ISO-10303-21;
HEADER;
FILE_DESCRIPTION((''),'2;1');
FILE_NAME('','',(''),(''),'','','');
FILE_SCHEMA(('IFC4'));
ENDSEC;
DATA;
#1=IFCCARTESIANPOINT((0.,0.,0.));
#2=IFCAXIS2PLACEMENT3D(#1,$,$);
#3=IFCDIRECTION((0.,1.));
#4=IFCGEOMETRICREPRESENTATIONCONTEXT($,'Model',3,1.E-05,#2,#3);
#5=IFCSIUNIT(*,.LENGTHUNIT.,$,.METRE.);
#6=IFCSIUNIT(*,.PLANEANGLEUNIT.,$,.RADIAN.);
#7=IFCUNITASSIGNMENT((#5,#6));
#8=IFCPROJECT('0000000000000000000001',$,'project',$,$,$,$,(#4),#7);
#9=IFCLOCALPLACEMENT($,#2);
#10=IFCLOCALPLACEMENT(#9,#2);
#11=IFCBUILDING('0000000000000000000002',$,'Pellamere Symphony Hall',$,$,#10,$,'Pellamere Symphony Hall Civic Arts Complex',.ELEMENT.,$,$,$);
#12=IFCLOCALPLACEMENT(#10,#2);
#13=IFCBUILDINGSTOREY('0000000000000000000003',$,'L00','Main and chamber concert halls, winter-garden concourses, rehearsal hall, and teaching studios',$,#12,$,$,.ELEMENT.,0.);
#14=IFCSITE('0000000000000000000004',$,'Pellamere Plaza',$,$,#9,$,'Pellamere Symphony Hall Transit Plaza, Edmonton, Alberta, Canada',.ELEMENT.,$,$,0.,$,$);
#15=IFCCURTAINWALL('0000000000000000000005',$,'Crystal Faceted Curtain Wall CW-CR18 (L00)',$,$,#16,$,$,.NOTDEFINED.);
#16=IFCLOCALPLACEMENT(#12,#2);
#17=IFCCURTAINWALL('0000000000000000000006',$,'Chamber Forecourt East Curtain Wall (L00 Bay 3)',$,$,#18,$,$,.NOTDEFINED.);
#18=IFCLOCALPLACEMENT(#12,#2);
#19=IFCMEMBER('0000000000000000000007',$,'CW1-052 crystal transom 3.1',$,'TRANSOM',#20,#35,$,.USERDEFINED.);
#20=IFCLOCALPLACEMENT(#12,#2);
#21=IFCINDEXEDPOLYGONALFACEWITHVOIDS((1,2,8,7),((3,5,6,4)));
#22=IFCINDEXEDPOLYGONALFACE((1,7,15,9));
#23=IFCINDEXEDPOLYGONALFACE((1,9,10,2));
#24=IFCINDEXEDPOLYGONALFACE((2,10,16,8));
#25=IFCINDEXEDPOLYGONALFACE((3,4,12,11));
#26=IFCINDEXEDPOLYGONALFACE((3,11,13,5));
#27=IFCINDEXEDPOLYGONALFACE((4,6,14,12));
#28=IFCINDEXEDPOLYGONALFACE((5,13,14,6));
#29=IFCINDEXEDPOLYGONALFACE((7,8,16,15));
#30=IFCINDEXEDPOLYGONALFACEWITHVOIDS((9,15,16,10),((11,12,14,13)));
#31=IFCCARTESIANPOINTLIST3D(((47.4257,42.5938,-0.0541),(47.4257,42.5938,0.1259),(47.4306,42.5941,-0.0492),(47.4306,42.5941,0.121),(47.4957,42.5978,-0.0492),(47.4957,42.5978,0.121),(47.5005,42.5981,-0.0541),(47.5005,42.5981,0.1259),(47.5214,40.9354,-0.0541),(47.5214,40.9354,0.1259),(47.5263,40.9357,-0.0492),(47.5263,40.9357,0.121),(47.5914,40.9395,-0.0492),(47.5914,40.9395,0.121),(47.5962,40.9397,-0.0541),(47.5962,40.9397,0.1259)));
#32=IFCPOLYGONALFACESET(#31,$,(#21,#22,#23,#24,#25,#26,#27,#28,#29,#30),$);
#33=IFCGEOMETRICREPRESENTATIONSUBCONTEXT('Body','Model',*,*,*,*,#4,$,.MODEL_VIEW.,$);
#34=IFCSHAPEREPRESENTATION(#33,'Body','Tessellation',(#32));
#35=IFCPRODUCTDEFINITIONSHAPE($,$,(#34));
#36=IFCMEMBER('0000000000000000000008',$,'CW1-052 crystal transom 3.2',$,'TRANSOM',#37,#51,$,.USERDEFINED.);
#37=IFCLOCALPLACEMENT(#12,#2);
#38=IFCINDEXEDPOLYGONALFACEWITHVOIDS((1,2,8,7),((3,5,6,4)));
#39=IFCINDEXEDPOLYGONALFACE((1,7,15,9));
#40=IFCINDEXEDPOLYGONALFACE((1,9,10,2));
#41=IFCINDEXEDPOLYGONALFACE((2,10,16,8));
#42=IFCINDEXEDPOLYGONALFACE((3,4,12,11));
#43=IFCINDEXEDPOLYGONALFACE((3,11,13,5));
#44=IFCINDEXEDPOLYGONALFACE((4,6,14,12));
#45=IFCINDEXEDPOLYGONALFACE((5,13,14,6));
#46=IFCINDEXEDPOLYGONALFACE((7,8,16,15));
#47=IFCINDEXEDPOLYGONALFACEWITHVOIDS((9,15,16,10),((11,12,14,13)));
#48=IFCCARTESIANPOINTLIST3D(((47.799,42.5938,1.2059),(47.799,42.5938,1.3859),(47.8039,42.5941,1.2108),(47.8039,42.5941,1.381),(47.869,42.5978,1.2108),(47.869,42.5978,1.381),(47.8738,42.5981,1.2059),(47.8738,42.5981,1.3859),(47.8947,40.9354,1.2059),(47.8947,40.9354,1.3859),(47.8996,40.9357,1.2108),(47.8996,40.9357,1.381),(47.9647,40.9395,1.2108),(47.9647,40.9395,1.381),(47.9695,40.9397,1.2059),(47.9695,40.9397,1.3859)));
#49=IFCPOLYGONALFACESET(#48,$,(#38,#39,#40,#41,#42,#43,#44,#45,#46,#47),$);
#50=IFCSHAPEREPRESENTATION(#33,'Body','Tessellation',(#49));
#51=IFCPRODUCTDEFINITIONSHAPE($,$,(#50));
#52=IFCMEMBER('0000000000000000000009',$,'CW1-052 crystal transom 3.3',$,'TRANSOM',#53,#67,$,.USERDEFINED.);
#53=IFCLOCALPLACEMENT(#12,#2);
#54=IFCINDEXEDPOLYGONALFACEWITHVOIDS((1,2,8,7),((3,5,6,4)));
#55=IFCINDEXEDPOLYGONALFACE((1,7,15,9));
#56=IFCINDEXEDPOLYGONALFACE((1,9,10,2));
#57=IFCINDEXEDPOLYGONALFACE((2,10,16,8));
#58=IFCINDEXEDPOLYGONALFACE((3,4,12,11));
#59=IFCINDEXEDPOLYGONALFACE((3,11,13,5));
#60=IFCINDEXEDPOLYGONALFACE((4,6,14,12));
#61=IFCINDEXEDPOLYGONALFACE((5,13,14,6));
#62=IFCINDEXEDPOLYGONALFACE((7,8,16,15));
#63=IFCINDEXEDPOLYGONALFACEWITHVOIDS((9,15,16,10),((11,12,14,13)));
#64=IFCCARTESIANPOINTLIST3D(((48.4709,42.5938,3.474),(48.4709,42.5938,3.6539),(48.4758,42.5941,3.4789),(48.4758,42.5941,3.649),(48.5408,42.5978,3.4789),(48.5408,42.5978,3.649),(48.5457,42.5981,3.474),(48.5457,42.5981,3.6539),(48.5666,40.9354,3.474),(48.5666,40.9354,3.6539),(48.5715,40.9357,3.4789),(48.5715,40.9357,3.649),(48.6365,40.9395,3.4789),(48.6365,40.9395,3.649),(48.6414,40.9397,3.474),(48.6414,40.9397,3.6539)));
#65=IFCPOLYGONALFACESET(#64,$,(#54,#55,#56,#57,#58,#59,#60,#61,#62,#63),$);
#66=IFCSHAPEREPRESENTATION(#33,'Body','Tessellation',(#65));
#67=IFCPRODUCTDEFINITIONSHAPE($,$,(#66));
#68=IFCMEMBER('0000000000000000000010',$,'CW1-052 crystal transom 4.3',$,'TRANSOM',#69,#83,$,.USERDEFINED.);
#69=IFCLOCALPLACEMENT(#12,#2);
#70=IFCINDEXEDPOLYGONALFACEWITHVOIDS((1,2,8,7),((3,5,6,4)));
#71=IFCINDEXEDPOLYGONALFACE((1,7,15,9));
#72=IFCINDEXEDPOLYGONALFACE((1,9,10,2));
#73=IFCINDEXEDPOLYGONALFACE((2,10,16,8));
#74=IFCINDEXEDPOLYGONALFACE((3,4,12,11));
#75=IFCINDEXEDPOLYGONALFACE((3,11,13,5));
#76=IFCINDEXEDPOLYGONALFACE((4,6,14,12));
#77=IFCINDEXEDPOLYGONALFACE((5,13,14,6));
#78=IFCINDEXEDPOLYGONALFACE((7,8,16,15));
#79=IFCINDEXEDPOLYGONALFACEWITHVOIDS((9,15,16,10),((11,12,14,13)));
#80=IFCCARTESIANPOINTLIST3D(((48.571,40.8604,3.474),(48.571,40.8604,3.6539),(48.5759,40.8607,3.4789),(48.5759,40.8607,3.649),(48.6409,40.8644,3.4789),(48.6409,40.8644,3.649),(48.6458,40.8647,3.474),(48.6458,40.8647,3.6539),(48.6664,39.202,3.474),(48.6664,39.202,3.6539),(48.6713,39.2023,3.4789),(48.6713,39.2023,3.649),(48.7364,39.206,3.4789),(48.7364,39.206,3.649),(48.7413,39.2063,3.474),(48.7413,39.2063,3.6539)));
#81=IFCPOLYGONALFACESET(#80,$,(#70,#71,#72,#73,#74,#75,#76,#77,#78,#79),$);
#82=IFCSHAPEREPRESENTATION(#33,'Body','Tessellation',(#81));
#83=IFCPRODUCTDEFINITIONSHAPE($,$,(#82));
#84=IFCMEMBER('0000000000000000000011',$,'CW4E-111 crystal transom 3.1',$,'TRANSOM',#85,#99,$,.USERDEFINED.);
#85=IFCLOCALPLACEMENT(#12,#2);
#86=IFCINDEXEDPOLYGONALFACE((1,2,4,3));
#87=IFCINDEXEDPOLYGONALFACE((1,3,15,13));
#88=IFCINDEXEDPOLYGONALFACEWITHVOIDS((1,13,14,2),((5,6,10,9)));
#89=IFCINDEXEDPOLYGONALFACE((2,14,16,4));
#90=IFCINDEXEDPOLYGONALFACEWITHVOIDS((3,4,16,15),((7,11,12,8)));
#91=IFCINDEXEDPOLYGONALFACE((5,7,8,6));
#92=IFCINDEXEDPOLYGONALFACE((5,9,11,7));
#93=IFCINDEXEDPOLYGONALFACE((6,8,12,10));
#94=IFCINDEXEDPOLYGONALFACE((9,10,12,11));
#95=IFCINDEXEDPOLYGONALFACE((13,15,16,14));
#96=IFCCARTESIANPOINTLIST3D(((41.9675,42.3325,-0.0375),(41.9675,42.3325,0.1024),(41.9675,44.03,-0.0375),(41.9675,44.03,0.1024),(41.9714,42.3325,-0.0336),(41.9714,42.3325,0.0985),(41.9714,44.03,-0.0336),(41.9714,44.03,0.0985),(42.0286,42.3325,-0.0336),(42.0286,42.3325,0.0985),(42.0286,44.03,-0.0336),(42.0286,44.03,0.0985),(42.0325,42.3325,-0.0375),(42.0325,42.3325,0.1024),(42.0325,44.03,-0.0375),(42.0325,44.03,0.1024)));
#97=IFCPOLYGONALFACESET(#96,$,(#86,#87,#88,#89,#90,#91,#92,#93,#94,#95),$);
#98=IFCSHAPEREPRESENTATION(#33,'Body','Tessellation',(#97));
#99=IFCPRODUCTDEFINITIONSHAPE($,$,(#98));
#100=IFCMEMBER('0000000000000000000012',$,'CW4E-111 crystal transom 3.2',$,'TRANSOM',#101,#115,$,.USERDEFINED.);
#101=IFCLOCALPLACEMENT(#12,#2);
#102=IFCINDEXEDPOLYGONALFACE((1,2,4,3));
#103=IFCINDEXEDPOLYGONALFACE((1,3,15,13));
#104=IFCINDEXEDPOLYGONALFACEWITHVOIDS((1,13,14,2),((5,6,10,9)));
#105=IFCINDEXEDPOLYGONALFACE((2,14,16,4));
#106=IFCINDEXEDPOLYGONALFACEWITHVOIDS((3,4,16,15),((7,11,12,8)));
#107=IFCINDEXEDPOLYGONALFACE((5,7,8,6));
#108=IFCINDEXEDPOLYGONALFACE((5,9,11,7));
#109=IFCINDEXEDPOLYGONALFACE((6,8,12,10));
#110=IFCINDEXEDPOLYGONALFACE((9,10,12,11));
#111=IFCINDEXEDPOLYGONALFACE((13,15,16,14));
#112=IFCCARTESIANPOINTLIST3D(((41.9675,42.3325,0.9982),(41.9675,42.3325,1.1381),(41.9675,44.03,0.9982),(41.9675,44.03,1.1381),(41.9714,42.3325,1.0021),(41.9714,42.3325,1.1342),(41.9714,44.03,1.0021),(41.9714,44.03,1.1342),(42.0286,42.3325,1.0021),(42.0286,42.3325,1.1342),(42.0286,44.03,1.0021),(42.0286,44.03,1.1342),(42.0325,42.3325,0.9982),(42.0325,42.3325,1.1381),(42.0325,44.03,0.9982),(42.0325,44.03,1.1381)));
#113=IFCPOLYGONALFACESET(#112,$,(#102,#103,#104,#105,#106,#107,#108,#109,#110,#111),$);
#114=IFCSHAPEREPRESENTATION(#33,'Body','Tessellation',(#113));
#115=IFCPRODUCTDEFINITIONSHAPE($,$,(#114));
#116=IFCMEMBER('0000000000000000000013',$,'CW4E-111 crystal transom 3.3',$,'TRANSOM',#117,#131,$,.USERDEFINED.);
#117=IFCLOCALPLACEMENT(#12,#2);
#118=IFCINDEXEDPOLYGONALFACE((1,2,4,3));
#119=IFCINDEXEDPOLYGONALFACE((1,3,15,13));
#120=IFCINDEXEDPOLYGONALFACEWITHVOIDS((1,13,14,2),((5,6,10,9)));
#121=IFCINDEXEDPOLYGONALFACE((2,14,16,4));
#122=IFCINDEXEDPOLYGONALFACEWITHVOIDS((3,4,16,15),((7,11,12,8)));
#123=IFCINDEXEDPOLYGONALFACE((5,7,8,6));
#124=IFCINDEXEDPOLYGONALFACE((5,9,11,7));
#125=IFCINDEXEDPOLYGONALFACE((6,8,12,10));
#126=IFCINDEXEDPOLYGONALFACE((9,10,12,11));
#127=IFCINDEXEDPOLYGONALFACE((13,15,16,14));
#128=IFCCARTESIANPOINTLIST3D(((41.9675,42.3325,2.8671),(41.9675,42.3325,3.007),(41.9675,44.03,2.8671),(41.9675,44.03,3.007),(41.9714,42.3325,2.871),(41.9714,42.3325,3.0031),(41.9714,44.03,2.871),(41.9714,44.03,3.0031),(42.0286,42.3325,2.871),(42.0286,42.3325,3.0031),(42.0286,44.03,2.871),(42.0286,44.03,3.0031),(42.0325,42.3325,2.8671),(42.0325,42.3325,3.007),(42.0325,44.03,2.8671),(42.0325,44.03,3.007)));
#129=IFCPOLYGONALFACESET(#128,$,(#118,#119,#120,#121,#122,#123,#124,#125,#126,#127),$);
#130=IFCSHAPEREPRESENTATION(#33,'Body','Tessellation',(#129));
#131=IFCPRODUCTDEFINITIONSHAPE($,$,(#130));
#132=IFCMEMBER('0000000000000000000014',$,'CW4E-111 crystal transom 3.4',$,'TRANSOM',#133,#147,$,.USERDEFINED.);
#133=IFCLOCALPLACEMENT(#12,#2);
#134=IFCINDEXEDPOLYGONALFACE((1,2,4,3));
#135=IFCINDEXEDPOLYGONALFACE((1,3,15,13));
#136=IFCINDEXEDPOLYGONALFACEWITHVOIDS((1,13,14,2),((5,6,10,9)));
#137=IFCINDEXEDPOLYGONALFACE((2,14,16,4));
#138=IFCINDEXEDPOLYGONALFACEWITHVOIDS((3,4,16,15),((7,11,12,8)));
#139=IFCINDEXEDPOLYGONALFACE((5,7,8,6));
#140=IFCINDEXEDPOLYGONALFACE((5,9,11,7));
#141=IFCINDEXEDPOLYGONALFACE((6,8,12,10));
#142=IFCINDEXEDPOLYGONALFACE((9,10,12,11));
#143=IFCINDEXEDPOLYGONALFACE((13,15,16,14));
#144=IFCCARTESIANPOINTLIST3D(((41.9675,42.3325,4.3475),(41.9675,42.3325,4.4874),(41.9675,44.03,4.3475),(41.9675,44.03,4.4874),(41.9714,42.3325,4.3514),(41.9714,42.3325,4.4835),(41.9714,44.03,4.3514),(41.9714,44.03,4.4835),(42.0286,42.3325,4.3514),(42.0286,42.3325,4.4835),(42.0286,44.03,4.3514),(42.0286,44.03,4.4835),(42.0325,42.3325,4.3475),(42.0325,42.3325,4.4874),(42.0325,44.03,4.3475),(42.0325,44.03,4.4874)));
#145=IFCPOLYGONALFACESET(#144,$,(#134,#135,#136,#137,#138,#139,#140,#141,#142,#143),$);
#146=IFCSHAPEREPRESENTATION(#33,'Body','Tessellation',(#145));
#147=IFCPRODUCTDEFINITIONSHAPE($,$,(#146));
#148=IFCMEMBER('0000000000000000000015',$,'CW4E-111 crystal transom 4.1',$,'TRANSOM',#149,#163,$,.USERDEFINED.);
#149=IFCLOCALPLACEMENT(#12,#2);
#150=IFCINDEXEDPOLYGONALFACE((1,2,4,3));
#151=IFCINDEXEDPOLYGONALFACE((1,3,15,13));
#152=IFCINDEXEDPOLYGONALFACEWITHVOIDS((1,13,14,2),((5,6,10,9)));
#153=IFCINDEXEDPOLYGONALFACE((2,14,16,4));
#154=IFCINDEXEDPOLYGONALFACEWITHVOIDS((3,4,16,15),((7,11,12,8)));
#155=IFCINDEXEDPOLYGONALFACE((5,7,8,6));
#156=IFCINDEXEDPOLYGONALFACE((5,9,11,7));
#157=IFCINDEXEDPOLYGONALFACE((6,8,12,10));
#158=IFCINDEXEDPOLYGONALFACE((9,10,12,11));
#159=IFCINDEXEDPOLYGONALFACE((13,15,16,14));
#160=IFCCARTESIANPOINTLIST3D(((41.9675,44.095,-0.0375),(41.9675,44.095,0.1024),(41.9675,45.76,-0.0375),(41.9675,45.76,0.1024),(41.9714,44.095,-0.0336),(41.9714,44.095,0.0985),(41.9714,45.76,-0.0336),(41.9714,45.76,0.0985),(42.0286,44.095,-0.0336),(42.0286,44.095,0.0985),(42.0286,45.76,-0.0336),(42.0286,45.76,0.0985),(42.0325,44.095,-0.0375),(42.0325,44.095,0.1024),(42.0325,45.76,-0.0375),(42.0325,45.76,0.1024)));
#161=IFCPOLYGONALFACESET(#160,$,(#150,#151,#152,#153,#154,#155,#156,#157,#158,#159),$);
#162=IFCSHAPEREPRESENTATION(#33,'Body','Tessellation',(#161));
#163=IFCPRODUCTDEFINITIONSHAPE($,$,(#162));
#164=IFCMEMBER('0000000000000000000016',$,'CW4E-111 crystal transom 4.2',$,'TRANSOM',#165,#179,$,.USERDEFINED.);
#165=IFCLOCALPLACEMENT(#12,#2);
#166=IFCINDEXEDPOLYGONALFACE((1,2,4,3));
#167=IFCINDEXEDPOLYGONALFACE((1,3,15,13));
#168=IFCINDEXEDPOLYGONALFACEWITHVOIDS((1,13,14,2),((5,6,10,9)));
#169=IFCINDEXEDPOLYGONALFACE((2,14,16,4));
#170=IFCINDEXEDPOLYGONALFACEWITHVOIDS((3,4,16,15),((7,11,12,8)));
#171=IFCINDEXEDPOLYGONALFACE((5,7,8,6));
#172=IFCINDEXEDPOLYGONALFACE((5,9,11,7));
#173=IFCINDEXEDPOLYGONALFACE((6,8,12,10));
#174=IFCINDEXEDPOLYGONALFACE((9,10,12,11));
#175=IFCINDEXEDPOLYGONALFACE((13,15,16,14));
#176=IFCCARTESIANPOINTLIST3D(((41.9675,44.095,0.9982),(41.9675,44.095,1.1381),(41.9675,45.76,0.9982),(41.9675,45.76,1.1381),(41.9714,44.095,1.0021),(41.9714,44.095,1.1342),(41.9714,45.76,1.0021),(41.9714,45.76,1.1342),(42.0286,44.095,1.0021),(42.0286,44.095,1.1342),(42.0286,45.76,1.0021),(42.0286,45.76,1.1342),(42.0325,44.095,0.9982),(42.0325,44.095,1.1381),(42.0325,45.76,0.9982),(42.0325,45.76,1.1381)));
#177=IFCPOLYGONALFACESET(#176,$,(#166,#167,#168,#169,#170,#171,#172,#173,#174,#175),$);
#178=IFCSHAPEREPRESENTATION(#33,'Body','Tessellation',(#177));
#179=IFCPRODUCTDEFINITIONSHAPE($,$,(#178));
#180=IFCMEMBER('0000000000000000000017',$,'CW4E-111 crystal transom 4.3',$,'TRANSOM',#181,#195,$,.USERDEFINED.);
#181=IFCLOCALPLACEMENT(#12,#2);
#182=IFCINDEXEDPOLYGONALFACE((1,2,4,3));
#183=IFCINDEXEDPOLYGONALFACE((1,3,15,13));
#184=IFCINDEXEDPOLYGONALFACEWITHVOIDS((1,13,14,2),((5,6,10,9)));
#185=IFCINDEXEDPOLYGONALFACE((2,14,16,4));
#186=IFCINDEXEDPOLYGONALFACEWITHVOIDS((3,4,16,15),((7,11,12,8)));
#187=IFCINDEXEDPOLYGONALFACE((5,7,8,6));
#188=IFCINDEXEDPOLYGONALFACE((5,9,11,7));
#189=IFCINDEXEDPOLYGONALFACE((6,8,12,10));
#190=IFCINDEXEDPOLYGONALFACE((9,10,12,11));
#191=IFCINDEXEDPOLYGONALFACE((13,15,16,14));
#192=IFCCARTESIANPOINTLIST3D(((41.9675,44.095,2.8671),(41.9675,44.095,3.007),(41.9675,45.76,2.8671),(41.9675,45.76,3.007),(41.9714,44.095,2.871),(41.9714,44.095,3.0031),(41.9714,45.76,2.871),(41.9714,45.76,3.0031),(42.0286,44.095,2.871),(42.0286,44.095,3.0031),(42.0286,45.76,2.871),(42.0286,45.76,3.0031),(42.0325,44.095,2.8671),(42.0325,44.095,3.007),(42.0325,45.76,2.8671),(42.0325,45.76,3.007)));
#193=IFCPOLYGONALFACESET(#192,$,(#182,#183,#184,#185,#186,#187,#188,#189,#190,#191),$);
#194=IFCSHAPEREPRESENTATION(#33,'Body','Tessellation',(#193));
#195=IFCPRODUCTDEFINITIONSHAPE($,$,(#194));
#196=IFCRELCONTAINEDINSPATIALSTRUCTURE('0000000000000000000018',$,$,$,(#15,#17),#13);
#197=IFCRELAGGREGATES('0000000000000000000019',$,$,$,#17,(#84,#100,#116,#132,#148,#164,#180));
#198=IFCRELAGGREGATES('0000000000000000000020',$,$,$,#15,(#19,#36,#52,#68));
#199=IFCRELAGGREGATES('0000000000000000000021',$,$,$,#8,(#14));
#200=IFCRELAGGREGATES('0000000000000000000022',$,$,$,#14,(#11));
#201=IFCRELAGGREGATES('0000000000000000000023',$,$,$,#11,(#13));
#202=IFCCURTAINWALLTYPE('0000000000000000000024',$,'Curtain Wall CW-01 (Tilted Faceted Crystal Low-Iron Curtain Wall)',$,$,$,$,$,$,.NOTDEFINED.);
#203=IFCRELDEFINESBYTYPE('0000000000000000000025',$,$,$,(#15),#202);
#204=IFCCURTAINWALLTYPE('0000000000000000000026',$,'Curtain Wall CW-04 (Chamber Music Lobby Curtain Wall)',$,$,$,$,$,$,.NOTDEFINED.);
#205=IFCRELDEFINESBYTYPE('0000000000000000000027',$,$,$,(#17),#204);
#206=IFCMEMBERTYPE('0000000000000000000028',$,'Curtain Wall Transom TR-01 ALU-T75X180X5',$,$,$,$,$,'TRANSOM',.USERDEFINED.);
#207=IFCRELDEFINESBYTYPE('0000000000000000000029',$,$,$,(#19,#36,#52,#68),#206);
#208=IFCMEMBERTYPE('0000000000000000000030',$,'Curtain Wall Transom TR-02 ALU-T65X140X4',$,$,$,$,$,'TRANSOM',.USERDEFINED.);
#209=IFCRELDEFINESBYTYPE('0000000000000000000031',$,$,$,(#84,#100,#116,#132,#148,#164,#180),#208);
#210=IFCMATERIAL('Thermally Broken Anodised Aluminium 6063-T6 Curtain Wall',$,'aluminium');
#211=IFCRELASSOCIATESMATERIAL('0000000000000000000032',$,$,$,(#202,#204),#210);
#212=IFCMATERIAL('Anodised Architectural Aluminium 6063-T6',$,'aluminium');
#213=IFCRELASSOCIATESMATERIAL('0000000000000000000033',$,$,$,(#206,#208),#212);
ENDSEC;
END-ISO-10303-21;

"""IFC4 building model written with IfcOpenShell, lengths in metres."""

from ifc_helpers import new_model, si_unit, direction, frame, origin, origin_2d, place, context, subcontext, project, spatial, hollow_rectangle, extrude, material, material_profile, profile_set, type_object, element, aggregate, save


model = new_model("IFC4")

# Units and contexts
model_context = context("Model", 3, precision=1e-05, world=origin(), true_north=direction((0.0, 1.0)))
body_context = subcontext(model_context, "Body", "Model", "MODEL_VIEW")
ifc_project = project(units=[si_unit("LENGTHUNIT", "METRE"), si_unit("PLANEANGLEUNIT", "RADIAN")], contexts=[model_context])

# Site, building, storey
site_placement = place(None, origin())
site = spatial("IfcSite", under=ifc_project, at=site_placement, Name="Pellamere Plaza", LongName="Pellamere Symphony Hall Transit Plaza, Edmonton, Alberta, Canada", CompositionType="ELEMENT", RefElevation=0.0)
building_placement = place(site_placement, origin())
building = spatial("IfcBuilding", under=site, at=building_placement, Name="Pellamere Symphony Hall", LongName="Pellamere Symphony Hall Civic Arts Complex", CompositionType="ELEMENT")
storey_placement = place(building_placement, origin())
storey = spatial("IfcBuildingStorey", under=building, at=storey_placement, Name="L00", Description="Main and chamber concert halls, winter-garden concourses, rehearsal hall, and teaching studios", CompositionType="ELEMENT", Elevation=0.0)

# Curtain walls
ifc_material_1 = material(Name="Thermally Broken Anodised Aluminium 6063-T6 Curtain Wall", Category="aluminium")
curtain_wall_type_1 = type_object("IfcCurtainWallType", Name="Curtain Wall CW-01 (Tilted Faceted Crystal Low-Iron Curtain Wall)", PredefinedType="NOTDEFINED", material=ifc_material_1)
curtain_wall_1_placement = place(storey_placement, origin())
curtain_wall_1 = element("IfcCurtainWall", 1, at=curtain_wall_1_placement, inside=storey, type_object=curtain_wall_type_1, Name="Crystal Faceted Curtain Wall CW-CR18 (L00)", PredefinedType="NOTDEFINED")
ifc_material_2 = material(Name="Anodised Architectural Aluminium 6063-T6", Category="aluminium")
curtain_wall_type_2 = type_object("IfcCurtainWallType", Name="Curtain Wall CW-04 (Chamber Music Lobby Curtain Wall)", PredefinedType="NOTDEFINED", material=ifc_material_1)
curtain_wall_2_placement = place(storey_placement, origin())
curtain_wall_2 = element("IfcCurtainWall", 2, at=curtain_wall_2_placement, inside=storey, type_object=curtain_wall_type_2, Name="Chamber Forecourt East Curtain Wall (L00 Bay 3)", PredefinedType="NOTDEFINED")

# Members
ifc_material_profile_1 = material_profile(ifc_material_2, hollow_rectangle(XDim=0.075, YDim=0.1799, WallThickness=0.0049, at=origin_2d()), Name="ALU-T75X180X5")
ifc_profile_set_1 = profile_set([ifc_material_profile_1], Name="Anodised Architectural Aluminium 6063-T6")
member_type_1 = type_object("IfcMemberType", Name="Curtain Wall Transom TR-01 ALU-T75X180X5", ElementType="TRANSOM", PredefinedType="USERDEFINED", material=ifc_profile_set_1)
member_1_placement = place(storey_placement, frame((47.4631, 42.5959, 0.0359), z_axis=(0.057611, -0.998339, 0.0), x_axis=(0.998339, 0.057611, 0.0)))
member_1 = element("IfcMember", 3, at=member_1_placement, type_object=member_type_1, Name="CW1-052 crystal transom 3.1", ObjectType="TRANSOM", PredefinedType="USERDEFINED", context=body_context, shape_type="SweptSolid", body=[
    extrude(hollow_rectangle(XDim=0.075, YDim=0.1799, WallThickness=0.0049, at=origin_2d()), origin(), (0.0, 0.0, 1.0), 1.6611),
])
member_2_placement = place(storey_placement, frame((47.8364, 42.5959, 1.2959), z_axis=(0.057611, -0.998339, 0.0), x_axis=(0.998339, 0.057611, 0.0)))
member_2 = element("IfcMember", 4, at=member_2_placement, type_object=member_type_1, Name="CW1-052 crystal transom 3.2", ObjectType="TRANSOM", PredefinedType="USERDEFINED", context=body_context, shape_type="SweptSolid", body=[
    extrude(hollow_rectangle(XDim=0.075, YDim=0.1799, WallThickness=0.0049, at=origin_2d()), origin(), (0.0, 0.0, 1.0), 1.6611),
])
member_3_placement = place(storey_placement, frame((48.5083, 42.5959, 3.564), z_axis=(0.057611, -0.998339, 0.0), x_axis=(0.998339, 0.057611, 0.0)))
member_3 = element("IfcMember", 5, at=member_3_placement, type_object=member_type_1, Name="CW1-052 crystal transom 3.3", ObjectType="TRANSOM", PredefinedType="USERDEFINED", context=body_context, shape_type="SweptSolid", body=[
    extrude(hollow_rectangle(XDim=0.075, YDim=0.1799, WallThickness=0.0049, at=origin_2d()), origin(), (0.0, 0.0, 1.0), 1.6611),
])
member_4_placement = place(storey_placement, frame((48.6084, 40.8625, 3.564), z_axis=(0.057464, -0.998348, 0.0), x_axis=(0.998348, 0.057464, 0.0)))
member_4 = element("IfcMember", 6, at=member_4_placement, type_object=member_type_1, Name="CW1-052 crystal transom 4.3", ObjectType="TRANSOM", PredefinedType="USERDEFINED", context=body_context, shape_type="SweptSolid", body=[
    extrude(hollow_rectangle(XDim=0.075, YDim=0.1799, WallThickness=0.0049, at=origin_2d()), origin(), (0.0, 0.0, 1.0), 1.6611),
])
ifc_material_profile_2 = material_profile(ifc_material_2, hollow_rectangle(XDim=0.0649, YDim=0.1399, WallThickness=0.0039, at=origin_2d()), Name="ALU-T65X140X4")
ifc_profile_set_2 = profile_set([ifc_material_profile_2], Name="Anodised Architectural Aluminium 6063-T6")
member_type_2 = type_object("IfcMemberType", Name="Curtain Wall Transom TR-02 ALU-T65X140X4", ElementType="TRANSOM", PredefinedType="USERDEFINED", material=ifc_profile_set_2)
member_5_placement = place(storey_placement, frame((42.0, 42.3325, 0.0325), z_axis=(0.0, 1.0, 0.0), x_axis=(-1.0, 0.0, 0.0)))
member_5 = element("IfcMember", 7, at=member_5_placement, type_object=member_type_2, Name="CW4E-111 crystal transom 3.1", ObjectType="TRANSOM", PredefinedType="USERDEFINED", context=body_context, shape_type="SweptSolid", body=[
    extrude(hollow_rectangle(XDim=0.0649, YDim=0.1399, WallThickness=0.0039, at=origin_2d()), origin(), (0.0, 0.0, 1.0), 1.6975),
])
member_6_placement = place(storey_placement, frame((42.0, 42.3325, 1.0681), z_axis=(0.0, 1.0, 0.0), x_axis=(-1.0, 0.0, 0.0)))
member_6 = element("IfcMember", 8, at=member_6_placement, type_object=member_type_2, Name="CW4E-111 crystal transom 3.2", ObjectType="TRANSOM", PredefinedType="USERDEFINED", context=body_context, shape_type="SweptSolid", body=[
    extrude(hollow_rectangle(XDim=0.0649, YDim=0.1399, WallThickness=0.0039, at=origin_2d()), origin(), (0.0, 0.0, 1.0), 1.6975),
])
member_7_placement = place(storey_placement, frame((42.0, 42.3325, 2.937), z_axis=(0.0, 1.0, 0.0), x_axis=(-1.0, 0.0, 0.0)))
member_7 = element("IfcMember", 9, at=member_7_placement, type_object=member_type_2, Name="CW4E-111 crystal transom 3.3", ObjectType="TRANSOM", PredefinedType="USERDEFINED", context=body_context, shape_type="SweptSolid", body=[
    extrude(hollow_rectangle(XDim=0.0649, YDim=0.1399, WallThickness=0.0039, at=origin_2d()), origin(), (0.0, 0.0, 1.0), 1.6975),
])
member_8_placement = place(storey_placement, frame((42.0, 42.3325, 4.4175), z_axis=(0.0, 1.0, 0.0), x_axis=(-1.0, 0.0, 0.0)))
member_8 = element("IfcMember", 10, at=member_8_placement, type_object=member_type_2, Name="CW4E-111 crystal transom 3.4", ObjectType="TRANSOM", PredefinedType="USERDEFINED", context=body_context, shape_type="SweptSolid", body=[
    extrude(hollow_rectangle(XDim=0.0649, YDim=0.1399, WallThickness=0.0039, at=origin_2d()), origin(), (0.0, 0.0, 1.0), 1.6975),
])
member_9_placement = place(storey_placement, frame((42.0, 44.095, 0.0325), z_axis=(0.0, 1.0, 0.0), x_axis=(-1.0, 0.0, 0.0)))
member_9 = element("IfcMember", 11, at=member_9_placement, type_object=member_type_2, Name="CW4E-111 crystal transom 4.1", ObjectType="TRANSOM", PredefinedType="USERDEFINED", context=body_context, shape_type="SweptSolid", body=[
    extrude(hollow_rectangle(XDim=0.0649, YDim=0.1399, WallThickness=0.0039, at=origin_2d()), origin(), (0.0, 0.0, 1.0), 1.665),
])
member_10_placement = place(storey_placement, frame((42.0, 44.095, 1.0681), z_axis=(0.0, 1.0, 0.0), x_axis=(-1.0, 0.0, 0.0)))
member_10 = element("IfcMember", 12, at=member_10_placement, type_object=member_type_2, Name="CW4E-111 crystal transom 4.2", ObjectType="TRANSOM", PredefinedType="USERDEFINED", context=body_context, shape_type="SweptSolid", body=[
    extrude(hollow_rectangle(XDim=0.0649, YDim=0.1399, WallThickness=0.0039, at=origin_2d()), origin(), (0.0, 0.0, 1.0), 1.665),
])
member_11_placement = place(storey_placement, frame((42.0, 44.095, 2.937), z_axis=(0.0, 1.0, 0.0), x_axis=(-1.0, 0.0, 0.0)))
member_11 = element("IfcMember", 13, at=member_11_placement, type_object=member_type_2, Name="CW4E-111 crystal transom 4.3", ObjectType="TRANSOM", PredefinedType="USERDEFINED", context=body_context, shape_type="SweptSolid", body=[
    extrude(hollow_rectangle(XDim=0.0649, YDim=0.1399, WallThickness=0.0039, at=origin_2d()), origin(), (0.0, 0.0, 1.0), 1.665),
])

aggregate(curtain_wall_2, [member_5, member_6, member_7, member_8, member_9, member_10, member_11])
aggregate(curtain_wall_1, [member_1, member_2, member_3, member_4])

save(model, "model.ifc")
